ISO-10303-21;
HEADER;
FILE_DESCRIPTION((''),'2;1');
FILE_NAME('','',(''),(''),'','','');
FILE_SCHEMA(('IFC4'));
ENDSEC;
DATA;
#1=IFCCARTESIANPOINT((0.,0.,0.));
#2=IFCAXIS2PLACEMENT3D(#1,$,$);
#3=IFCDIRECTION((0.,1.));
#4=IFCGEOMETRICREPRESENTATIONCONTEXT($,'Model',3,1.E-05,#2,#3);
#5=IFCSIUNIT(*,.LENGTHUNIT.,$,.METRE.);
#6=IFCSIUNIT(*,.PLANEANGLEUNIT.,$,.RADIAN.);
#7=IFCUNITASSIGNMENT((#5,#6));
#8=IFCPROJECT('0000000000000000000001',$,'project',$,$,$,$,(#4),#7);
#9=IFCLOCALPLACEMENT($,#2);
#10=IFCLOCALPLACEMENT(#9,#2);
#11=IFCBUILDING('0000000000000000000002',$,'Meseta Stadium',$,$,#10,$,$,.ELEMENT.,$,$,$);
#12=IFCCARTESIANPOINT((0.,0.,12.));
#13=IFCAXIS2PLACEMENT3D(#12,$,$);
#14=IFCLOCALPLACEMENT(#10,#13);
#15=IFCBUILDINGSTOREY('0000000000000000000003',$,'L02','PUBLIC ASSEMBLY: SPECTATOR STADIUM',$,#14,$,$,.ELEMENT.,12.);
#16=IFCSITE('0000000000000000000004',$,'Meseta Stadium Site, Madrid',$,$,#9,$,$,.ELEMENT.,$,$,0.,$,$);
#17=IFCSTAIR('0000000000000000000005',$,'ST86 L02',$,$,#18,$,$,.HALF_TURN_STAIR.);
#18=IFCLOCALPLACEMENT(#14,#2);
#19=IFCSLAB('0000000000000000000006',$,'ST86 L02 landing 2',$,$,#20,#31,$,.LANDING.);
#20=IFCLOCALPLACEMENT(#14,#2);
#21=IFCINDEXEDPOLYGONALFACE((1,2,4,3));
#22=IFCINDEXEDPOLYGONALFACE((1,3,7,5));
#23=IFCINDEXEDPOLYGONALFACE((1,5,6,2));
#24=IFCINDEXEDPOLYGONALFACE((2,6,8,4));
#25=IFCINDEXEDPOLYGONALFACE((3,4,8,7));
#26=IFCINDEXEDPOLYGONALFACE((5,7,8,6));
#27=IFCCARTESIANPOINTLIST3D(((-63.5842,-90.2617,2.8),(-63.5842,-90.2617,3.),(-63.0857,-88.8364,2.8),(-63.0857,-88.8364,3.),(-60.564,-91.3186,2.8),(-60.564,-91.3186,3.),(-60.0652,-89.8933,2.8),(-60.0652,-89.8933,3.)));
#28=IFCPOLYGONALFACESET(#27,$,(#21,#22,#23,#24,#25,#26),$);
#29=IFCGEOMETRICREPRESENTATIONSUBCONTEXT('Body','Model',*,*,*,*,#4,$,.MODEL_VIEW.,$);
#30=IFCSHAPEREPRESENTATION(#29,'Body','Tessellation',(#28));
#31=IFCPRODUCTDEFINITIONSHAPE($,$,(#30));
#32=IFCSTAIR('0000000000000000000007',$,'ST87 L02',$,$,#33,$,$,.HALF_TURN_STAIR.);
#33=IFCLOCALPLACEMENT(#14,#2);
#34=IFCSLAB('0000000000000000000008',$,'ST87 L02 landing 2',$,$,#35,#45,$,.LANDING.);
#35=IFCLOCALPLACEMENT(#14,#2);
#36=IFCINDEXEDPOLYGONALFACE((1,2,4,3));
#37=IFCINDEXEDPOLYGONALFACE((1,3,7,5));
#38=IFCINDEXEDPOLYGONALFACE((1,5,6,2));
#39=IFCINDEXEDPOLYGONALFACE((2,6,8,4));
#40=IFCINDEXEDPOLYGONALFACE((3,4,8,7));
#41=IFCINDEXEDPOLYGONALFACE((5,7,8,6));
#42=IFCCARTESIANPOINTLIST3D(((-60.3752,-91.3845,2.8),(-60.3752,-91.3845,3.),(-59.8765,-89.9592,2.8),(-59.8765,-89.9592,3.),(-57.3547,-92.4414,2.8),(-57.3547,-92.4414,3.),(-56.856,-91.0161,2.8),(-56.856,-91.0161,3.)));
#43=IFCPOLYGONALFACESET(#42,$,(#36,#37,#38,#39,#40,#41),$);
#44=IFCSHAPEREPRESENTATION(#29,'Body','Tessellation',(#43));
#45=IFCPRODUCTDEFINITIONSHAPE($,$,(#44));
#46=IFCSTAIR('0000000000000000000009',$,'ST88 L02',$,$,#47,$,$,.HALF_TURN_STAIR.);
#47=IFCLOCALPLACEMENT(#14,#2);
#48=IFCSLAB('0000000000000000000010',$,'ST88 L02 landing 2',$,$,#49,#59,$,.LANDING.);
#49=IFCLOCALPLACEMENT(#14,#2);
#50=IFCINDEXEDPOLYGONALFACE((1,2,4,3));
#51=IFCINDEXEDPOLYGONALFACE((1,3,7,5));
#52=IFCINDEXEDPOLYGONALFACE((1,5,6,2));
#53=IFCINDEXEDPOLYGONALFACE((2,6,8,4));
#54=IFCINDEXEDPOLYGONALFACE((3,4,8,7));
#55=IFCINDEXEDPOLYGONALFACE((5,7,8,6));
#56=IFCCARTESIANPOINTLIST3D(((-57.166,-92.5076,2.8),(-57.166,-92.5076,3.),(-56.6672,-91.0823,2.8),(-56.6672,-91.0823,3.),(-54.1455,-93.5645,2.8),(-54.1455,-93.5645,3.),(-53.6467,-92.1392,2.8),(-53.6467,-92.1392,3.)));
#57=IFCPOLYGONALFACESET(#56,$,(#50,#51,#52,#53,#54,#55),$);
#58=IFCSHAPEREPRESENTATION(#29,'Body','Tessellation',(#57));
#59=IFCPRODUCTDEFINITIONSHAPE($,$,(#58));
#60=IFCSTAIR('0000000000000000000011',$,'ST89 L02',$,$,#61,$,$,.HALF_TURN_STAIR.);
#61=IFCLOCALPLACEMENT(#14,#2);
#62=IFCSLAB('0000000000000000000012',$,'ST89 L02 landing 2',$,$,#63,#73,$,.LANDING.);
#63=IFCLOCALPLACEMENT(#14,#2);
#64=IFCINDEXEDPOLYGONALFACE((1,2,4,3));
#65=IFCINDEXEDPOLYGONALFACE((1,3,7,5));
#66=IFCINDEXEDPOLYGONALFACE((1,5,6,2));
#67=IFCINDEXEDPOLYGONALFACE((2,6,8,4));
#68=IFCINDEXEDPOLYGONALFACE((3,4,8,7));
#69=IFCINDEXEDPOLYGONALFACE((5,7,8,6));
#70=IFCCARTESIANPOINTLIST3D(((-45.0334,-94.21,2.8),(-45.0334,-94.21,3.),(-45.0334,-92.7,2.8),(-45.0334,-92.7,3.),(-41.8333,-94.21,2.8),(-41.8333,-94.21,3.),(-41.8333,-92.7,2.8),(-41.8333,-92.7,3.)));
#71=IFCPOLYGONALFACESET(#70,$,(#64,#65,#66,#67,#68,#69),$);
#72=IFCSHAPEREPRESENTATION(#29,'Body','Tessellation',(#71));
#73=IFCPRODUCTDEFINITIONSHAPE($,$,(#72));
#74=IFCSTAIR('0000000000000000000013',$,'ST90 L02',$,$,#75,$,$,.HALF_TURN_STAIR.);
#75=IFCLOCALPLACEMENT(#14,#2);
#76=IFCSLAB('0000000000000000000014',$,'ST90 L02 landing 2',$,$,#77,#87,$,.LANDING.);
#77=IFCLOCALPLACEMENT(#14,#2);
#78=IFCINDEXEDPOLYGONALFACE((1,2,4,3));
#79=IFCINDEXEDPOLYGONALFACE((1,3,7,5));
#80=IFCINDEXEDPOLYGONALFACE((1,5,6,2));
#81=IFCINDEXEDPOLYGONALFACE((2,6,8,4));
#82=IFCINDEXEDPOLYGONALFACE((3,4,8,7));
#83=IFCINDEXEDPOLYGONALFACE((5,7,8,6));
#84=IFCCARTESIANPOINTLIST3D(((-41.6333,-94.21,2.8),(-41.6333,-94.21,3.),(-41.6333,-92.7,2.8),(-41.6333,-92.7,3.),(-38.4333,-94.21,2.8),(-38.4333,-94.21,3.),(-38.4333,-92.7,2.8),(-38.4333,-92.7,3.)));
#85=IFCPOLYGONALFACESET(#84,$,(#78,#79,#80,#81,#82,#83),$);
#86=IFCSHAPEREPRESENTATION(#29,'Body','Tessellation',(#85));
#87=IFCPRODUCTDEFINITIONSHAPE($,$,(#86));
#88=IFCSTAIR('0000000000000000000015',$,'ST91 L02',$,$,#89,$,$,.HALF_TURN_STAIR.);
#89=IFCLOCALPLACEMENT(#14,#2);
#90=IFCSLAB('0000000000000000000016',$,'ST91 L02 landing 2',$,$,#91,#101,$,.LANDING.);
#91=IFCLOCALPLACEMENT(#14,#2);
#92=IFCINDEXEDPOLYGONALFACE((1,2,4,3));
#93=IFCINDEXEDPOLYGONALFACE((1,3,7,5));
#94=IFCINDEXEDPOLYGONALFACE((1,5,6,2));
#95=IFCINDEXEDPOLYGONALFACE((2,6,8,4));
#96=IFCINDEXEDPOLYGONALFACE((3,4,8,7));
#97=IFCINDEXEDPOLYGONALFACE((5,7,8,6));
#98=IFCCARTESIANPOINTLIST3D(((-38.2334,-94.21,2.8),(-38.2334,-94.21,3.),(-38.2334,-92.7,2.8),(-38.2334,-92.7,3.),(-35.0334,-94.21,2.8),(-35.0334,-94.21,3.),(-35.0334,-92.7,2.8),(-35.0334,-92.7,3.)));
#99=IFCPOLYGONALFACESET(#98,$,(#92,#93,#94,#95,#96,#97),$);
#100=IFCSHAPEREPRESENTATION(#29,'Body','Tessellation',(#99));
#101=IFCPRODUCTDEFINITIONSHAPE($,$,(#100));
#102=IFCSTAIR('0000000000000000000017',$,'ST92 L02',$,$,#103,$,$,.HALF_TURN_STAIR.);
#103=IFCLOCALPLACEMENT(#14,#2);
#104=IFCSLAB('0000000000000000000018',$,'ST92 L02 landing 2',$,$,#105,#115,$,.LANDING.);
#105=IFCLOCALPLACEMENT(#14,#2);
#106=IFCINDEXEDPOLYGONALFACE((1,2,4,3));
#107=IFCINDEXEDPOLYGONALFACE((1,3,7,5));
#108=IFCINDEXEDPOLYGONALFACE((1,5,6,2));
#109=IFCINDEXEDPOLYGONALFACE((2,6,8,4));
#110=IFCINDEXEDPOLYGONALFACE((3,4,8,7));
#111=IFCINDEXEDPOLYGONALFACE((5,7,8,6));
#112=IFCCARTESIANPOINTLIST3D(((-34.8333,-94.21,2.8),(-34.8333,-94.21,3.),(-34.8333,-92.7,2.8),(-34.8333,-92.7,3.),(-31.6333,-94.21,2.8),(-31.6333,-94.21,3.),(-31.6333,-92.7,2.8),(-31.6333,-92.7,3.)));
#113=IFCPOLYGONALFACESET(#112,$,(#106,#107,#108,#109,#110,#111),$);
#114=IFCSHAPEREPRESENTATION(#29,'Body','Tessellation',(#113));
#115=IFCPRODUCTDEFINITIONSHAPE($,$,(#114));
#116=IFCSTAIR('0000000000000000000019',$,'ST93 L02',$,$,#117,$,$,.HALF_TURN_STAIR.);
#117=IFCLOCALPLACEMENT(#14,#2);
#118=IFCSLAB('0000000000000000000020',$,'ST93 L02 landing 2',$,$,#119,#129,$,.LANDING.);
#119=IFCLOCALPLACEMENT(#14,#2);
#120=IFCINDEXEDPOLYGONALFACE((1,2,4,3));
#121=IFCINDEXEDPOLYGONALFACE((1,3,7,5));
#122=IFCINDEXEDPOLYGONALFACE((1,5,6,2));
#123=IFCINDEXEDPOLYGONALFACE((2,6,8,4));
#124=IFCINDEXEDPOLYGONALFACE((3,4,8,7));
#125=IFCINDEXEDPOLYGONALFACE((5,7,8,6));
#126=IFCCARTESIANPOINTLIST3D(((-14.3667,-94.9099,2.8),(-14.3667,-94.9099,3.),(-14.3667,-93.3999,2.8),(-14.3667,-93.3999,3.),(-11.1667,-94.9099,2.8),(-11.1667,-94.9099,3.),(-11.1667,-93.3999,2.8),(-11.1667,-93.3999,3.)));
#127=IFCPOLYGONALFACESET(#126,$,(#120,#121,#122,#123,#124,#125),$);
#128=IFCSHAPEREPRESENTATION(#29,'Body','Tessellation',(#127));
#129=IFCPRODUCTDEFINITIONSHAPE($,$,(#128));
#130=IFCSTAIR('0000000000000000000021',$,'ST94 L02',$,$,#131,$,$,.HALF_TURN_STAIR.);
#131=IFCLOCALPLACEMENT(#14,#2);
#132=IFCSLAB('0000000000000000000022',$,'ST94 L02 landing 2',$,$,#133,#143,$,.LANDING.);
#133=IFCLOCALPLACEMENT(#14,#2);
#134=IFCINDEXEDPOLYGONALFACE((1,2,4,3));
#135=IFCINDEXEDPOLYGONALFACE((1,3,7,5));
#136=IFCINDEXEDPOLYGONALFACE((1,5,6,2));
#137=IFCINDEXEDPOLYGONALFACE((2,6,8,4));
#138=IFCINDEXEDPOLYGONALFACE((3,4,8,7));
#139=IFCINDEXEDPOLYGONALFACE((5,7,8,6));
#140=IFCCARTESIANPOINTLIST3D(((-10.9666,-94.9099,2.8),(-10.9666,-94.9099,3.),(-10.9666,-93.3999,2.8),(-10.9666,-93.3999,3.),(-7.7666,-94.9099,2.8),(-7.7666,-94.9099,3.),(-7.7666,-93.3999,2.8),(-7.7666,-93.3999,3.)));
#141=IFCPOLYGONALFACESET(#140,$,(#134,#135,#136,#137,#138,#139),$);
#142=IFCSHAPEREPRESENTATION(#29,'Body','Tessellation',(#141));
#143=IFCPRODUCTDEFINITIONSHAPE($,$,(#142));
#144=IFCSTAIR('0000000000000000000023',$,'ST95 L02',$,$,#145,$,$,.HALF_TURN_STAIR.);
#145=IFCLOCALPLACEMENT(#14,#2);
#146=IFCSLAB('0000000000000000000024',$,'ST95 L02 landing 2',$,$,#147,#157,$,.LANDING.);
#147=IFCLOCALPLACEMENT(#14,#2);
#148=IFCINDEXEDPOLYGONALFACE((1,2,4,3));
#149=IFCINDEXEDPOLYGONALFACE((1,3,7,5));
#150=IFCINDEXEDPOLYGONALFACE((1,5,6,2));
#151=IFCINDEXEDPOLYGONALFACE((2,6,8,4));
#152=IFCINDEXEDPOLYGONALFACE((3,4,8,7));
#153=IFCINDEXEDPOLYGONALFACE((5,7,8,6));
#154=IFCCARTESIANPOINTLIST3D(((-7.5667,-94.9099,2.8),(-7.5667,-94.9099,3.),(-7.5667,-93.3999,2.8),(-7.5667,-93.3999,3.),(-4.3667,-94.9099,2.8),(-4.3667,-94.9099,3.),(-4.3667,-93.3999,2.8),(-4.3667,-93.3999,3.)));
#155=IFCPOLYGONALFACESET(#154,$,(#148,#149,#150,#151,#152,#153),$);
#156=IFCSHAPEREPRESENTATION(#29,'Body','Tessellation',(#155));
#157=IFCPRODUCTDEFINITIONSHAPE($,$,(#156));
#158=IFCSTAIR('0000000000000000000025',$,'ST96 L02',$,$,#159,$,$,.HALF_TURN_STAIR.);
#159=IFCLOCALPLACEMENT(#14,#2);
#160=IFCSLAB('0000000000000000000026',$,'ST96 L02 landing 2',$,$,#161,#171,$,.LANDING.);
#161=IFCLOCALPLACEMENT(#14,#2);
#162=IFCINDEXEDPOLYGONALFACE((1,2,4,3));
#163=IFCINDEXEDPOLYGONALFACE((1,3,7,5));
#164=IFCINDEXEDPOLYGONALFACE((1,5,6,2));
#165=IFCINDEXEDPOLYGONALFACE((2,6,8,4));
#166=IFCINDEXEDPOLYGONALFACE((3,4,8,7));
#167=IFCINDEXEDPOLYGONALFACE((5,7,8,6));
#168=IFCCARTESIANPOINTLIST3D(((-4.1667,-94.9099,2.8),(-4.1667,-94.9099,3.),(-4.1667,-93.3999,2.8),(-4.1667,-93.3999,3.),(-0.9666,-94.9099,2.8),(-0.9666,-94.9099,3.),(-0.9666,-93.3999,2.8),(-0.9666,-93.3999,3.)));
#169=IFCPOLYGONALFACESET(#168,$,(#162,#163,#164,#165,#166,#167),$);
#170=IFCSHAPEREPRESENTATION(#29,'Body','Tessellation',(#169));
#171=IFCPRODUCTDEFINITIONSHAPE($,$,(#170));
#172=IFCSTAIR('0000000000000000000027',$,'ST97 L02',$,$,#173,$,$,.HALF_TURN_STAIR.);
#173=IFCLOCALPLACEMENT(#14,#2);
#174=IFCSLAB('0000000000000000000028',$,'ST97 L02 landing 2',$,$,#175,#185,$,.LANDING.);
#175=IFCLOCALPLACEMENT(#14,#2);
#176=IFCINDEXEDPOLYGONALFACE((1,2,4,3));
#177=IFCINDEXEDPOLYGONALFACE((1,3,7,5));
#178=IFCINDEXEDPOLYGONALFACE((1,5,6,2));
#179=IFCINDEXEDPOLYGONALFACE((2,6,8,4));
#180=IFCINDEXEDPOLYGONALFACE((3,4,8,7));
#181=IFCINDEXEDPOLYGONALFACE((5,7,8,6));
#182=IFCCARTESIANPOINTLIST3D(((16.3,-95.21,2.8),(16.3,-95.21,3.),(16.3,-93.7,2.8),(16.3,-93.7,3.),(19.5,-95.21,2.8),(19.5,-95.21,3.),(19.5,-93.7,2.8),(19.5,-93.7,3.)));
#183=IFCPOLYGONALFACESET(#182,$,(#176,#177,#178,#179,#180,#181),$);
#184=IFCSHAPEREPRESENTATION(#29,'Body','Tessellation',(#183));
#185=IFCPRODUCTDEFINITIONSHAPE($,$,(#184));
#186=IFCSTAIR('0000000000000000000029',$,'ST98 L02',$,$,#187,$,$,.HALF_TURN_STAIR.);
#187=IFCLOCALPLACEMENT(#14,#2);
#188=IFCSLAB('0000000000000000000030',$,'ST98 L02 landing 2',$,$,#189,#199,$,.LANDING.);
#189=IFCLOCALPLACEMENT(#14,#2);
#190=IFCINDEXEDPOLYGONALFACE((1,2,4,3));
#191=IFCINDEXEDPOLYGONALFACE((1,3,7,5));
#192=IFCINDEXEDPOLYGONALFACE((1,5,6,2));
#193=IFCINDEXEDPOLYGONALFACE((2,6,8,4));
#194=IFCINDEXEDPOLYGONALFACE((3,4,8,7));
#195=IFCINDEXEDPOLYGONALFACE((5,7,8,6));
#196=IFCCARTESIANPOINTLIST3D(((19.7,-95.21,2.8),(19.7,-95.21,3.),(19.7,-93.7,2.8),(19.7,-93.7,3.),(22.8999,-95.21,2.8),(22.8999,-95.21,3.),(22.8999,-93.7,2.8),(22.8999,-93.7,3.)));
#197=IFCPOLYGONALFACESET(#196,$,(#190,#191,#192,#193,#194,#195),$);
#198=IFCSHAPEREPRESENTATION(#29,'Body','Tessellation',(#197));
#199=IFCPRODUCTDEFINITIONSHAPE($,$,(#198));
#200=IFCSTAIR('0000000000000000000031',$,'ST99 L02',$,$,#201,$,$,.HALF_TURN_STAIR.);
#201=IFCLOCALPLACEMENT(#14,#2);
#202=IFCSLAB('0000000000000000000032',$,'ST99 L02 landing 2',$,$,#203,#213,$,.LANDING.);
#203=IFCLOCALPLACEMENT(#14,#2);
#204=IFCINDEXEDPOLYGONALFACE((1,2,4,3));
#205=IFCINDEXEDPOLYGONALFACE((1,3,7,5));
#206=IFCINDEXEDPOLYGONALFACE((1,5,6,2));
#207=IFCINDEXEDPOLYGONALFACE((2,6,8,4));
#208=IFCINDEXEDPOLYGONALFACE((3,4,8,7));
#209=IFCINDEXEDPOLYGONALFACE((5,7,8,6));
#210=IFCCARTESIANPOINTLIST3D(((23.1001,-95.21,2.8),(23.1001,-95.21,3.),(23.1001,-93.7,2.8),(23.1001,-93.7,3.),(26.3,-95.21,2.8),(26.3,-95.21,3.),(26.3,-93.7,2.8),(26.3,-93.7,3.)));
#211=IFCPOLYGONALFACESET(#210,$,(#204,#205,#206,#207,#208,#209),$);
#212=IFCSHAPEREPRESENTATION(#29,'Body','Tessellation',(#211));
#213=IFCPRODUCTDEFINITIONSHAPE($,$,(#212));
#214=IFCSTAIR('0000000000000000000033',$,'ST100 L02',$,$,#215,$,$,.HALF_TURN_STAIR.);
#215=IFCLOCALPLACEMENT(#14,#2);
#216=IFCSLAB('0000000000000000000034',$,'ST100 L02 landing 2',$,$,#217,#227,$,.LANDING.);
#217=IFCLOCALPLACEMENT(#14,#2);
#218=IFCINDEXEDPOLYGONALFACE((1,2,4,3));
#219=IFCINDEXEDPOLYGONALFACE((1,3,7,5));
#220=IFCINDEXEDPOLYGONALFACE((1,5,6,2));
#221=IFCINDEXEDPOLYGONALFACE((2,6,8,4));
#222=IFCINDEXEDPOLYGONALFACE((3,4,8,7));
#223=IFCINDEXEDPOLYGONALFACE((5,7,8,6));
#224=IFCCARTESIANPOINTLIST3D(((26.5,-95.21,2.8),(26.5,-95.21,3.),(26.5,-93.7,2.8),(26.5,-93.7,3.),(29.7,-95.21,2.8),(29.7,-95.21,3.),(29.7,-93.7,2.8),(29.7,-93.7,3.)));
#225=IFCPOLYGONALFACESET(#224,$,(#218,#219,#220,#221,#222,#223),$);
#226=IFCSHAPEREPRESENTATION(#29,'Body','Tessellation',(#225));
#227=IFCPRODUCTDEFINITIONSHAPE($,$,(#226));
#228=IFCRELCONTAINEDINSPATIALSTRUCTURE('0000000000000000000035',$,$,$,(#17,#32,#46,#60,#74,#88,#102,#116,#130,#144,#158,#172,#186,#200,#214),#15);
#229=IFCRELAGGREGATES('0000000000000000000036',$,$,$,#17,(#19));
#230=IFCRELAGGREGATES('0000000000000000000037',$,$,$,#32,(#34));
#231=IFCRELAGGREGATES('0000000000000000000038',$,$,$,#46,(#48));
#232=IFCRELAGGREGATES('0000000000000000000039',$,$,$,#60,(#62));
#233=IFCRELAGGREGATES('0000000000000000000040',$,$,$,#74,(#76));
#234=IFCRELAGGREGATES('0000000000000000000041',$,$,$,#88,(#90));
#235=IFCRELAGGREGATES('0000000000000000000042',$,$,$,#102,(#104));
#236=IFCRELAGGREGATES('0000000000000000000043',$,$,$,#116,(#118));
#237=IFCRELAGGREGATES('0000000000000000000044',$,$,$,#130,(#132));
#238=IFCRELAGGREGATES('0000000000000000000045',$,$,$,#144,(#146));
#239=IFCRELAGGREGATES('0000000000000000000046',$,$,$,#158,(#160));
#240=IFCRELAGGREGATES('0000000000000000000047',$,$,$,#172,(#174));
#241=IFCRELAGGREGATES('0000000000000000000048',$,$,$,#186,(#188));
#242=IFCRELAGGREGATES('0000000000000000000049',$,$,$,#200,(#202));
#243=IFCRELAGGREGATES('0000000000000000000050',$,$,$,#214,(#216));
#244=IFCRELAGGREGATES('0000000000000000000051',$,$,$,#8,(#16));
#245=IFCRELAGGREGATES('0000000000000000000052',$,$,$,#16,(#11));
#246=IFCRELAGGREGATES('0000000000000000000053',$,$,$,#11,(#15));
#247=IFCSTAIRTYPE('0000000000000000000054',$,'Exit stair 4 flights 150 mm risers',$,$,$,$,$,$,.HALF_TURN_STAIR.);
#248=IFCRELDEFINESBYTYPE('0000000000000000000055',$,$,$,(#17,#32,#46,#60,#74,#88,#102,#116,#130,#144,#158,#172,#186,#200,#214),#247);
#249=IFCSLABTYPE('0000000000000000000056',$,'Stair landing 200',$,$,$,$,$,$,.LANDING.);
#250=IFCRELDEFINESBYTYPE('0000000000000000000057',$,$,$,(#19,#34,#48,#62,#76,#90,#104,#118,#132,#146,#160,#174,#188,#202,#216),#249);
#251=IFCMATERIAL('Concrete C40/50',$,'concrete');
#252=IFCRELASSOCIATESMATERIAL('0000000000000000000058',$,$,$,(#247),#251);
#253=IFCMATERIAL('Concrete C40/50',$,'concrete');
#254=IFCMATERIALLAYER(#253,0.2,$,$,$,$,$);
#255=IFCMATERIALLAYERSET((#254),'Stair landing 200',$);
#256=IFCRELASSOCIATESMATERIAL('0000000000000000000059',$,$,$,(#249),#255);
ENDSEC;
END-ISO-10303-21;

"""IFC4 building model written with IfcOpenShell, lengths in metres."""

from ifc_helpers import new_model, si_unit, direction, frame, origin, place, context, subcontext, project, spatial, polyline, outline, extrude, material, layer, layer_set, type_object, element, aggregate, save


model = new_model("IFC4")

# Units and contexts
model_context = context("Model", 3, precision=1e-05, world=origin(), true_north=direction((0.0, 1.0)))
body_context = subcontext(model_context, "Body", "Model", "MODEL_VIEW")
ifc_project = project(units=[si_unit("LENGTHUNIT", "METRE"), si_unit("PLANEANGLEUNIT", "RADIAN")], contexts=[model_context])

# Site, building, storey
site_placement = place(None, origin())
site = spatial("IfcSite", under=ifc_project, at=site_placement, Name="Meseta Stadium Site, Madrid", CompositionType="ELEMENT", RefElevation=0.0)
building_placement = place(site_placement, origin())
building = spatial("IfcBuilding", under=site, at=building_placement, Name="Meseta Stadium", CompositionType="ELEMENT")
storey_placement = place(building_placement, frame((0.0, 0.0, 12.0)))
storey = spatial("IfcBuildingStorey", under=building, at=storey_placement, Name="L02", Description="PUBLIC ASSEMBLY: SPECTATOR STADIUM", CompositionType="ELEMENT", Elevation=12.0)

# Stairs, slabs
ifc_material_1 = material(Name="Concrete C40/50", Category="concrete")
stair_type = type_object("IfcStairType", Name="Exit stair 4 flights 150 mm risers", PredefinedType="HALF_TURN_STAIR", material=ifc_material_1)
stair_1_placement = place(storey_placement, origin())
stair_1 = element("IfcStair", 1, at=stair_1_placement, inside=storey, type_object=stair_type, Name="ST86 L02", PredefinedType="HALF_TURN_STAIR")
ifc_material_2 = material(Name="Concrete C40/50", Category="concrete")
ifc_layer = layer(ifc_material_2, 0.2)
ifc_layer_set = layer_set([ifc_layer], Name="Stair landing 200")
slab_type = type_object("IfcSlabType", Name="Stair landing 200", PredefinedType="LANDING", material=ifc_layer_set)
slab_1_placement = place(storey_placement, frame((0.0, 0.0, 2.8)))
slab_1 = element("IfcSlab", 2, at=slab_1_placement, type_object=slab_type, Name="ST86 L02 landing 2", PredefinedType="LANDING", context=body_context, shape_type="SweptSolid", body=[
    extrude(outline(polyline([(-63.0857, -88.8364), (-63.5842, -90.2617), (-60.564, -91.3186), (-60.0652, -89.8933), (-63.0857, -88.8364)])), origin(), (0.0, 0.0, 1.0), 0.2),
])
aggregate(stair_1, [slab_1])
stair_2_placement = place(storey_placement, origin())
stair_2 = element("IfcStair", 3, at=stair_2_placement, inside=storey, type_object=stair_type, Name="ST87 L02", PredefinedType="HALF_TURN_STAIR")
slab_2_placement = place(storey_placement, frame((0.0, 0.0, 2.8)))
slab_2 = element("IfcSlab", 4, at=slab_2_placement, type_object=slab_type, Name="ST87 L02 landing 2", PredefinedType="LANDING", context=body_context, shape_type="SweptSolid", body=[
    extrude(outline(polyline([(-59.8765, -89.9592), (-60.3752, -91.3845), (-57.3547, -92.4414), (-56.856, -91.0161), (-59.8765, -89.9592)])), origin(), (0.0, 0.0, 1.0), 0.2),
])
aggregate(stair_2, [slab_2])
stair_3_placement = place(storey_placement, origin())
stair_3 = element("IfcStair", 5, at=stair_3_placement, inside=storey, type_object=stair_type, Name="ST88 L02", PredefinedType="HALF_TURN_STAIR")
slab_3_placement = place(storey_placement, frame((0.0, 0.0, 2.8)))
slab_3 = element("IfcSlab", 6, at=slab_3_placement, type_object=slab_type, Name="ST88 L02 landing 2", PredefinedType="LANDING", context=body_context, shape_type="SweptSolid", body=[
    extrude(outline(polyline([(-56.6672, -91.0823), (-57.166, -92.5076), (-54.1455, -93.5645), (-53.6467, -92.1392), (-56.6672, -91.0823)])), origin(), (0.0, 0.0, 1.0), 0.2),
])
aggregate(stair_3, [slab_3])
stair_4_placement = place(storey_placement, origin())
stair_4 = element("IfcStair", 7, at=stair_4_placement, inside=storey, type_object=stair_type, Name="ST89 L02", PredefinedType="HALF_TURN_STAIR")
slab_4_placement = place(storey_placement, frame((0.0, 0.0, 2.8)))
slab_4 = element("IfcSlab", 8, at=slab_4_placement, type_object=slab_type, Name="ST89 L02 landing 2", PredefinedType="LANDING", context=body_context, shape_type="SweptSolid", body=[
    extrude(outline(polyline([(-45.0334, -92.7), (-45.0334, -94.21), (-41.8333, -94.21), (-41.8333, -92.7), (-45.0334, -92.7)])), origin(), (0.0, 0.0, 1.0), 0.2),
])
aggregate(stair_4, [slab_4])
stair_5_placement = place(storey_placement, origin())
stair_5 = element("IfcStair", 9, at=stair_5_placement, inside=storey, type_object=stair_type, Name="ST90 L02", PredefinedType="HALF_TURN_STAIR")
slab_5_placement = place(storey_placement, frame((0.0, 0.0, 2.8)))
slab_5 = element("IfcSlab", 10, at=slab_5_placement, type_object=slab_type, Name="ST90 L02 landing 2", PredefinedType="LANDING", context=body_context, shape_type="SweptSolid", body=[
    extrude(outline(polyline([(-41.6333, -92.7), (-41.6333, -94.21), (-38.4333, -94.21), (-38.4333, -92.7), (-41.6333, -92.7)])), origin(), (0.0, 0.0, 1.0), 0.2),
])
aggregate(stair_5, [slab_5])
stair_6_placement = place(storey_placement, origin())
stair_6 = element("IfcStair", 11, at=stair_6_placement, inside=storey, type_object=stair_type, Name="ST91 L02", PredefinedType="HALF_TURN_STAIR")
slab_6_placement = place(storey_placement, frame((0.0, 0.0, 2.8)))
slab_6 = element("IfcSlab", 12, at=slab_6_placement, type_object=slab_type, Name="ST91 L02 landing 2", PredefinedType="LANDING", context=body_context, shape_type="SweptSolid", body=[
    extrude(outline(polyline([(-38.2334, -92.7), (-38.2334, -94.21), (-35.0334, -94.21), (-35.0334, -92.7), (-38.2334, -92.7)])), origin(), (0.0, 0.0, 1.0), 0.2),
])
aggregate(stair_6, [slab_6])
stair_7_placement = place(storey_placement, origin())
stair_7 = element("IfcStair", 13, at=stair_7_placement, inside=storey, type_object=stair_type, Name="ST92 L02", PredefinedType="HALF_TURN_STAIR")
slab_7_placement = place(storey_placement, frame((0.0, 0.0, 2.8)))
slab_7 = element("IfcSlab", 14, at=slab_7_placement, type_object=slab_type, Name="ST92 L02 landing 2", PredefinedType="LANDING", context=body_context, shape_type="SweptSolid", body=[
    extrude(outline(polyline([(-34.8333, -92.7), (-34.8333, -94.21), (-31.6333, -94.21), (-31.6333, -92.7), (-34.8333, -92.7)])), origin(), (0.0, 0.0, 1.0), 0.2),
])
aggregate(stair_7, [slab_7])
stair_8_placement = place(storey_placement, origin())
stair_8 = element("IfcStair", 15, at=stair_8_placement, inside=storey, type_object=stair_type, Name="ST93 L02", PredefinedType="HALF_TURN_STAIR")
slab_8_placement = place(storey_placement, frame((0.0, 0.0, 2.8)))
slab_8 = element("IfcSlab", 16, at=slab_8_placement, type_object=slab_type, Name="ST93 L02 landing 2", PredefinedType="LANDING", context=body_context, shape_type="SweptSolid", body=[
    extrude(outline(polyline([(-14.3667, -93.3999), (-14.3667, -94.9099), (-11.1667, -94.9099), (-11.1667, -93.3999), (-14.3667, -93.3999)])), origin(), (0.0, 0.0, 1.0), 0.2),
])
aggregate(stair_8, [slab_8])
stair_9_placement = place(storey_placement, origin())
stair_9 = element("IfcStair", 17, at=stair_9_placement, inside=storey, type_object=stair_type, Name="ST94 L02", PredefinedType="HALF_TURN_STAIR")
slab_9_placement = place(storey_placement, frame((0.0, 0.0, 2.8)))
slab_9 = element("IfcSlab", 18, at=slab_9_placement, type_object=slab_type, Name="ST94 L02 landing 2", PredefinedType="LANDING", context=body_context, shape_type="SweptSolid", body=[
    extrude(outline(polyline([(-10.9666, -93.3999), (-10.9666, -94.9099), (-7.7666, -94.9099), (-7.7666, -93.3999), (-10.9666, -93.3999)])), origin(), (0.0, 0.0, 1.0), 0.2),
])
aggregate(stair_9, [slab_9])
stair_10_placement = place(storey_placement, origin())
stair_10 = element("IfcStair", 19, at=stair_10_placement, inside=storey, type_object=stair_type, Name="ST95 L02", PredefinedType="HALF_TURN_STAIR")
slab_10_placement = place(storey_placement, frame((0.0, 0.0, 2.8)))
slab_10 = element("IfcSlab", 20, at=slab_10_placement, type_object=slab_type, Name="ST95 L02 landing 2", PredefinedType="LANDING", context=body_context, shape_type="SweptSolid", body=[
    extrude(outline(polyline([(-7.5667, -93.3999), (-7.5667, -94.9099), (-4.3667, -94.9099), (-4.3667, -93.3999), (-7.5667, -93.3999)])), origin(), (0.0, 0.0, 1.0), 0.2),
])
aggregate(stair_10, [slab_10])
stair_11_placement = place(storey_placement, origin())
stair_11 = element("IfcStair", 21, at=stair_11_placement, inside=storey, type_object=stair_type, Name="ST96 L02", PredefinedType="HALF_TURN_STAIR")
slab_11_placement = place(storey_placement, frame((0.0, 0.0, 2.8)))
slab_11 = element("IfcSlab", 22, at=slab_11_placement, type_object=slab_type, Name="ST96 L02 landing 2", PredefinedType="LANDING", context=body_context, shape_type="SweptSolid", body=[
    extrude(outline(polyline([(-4.1667, -93.3999), (-4.1667, -94.9099), (-0.9666, -94.9099), (-0.9666, -93.3999), (-4.1667, -93.3999)])), origin(), (0.0, 0.0, 1.0), 0.2),
])
aggregate(stair_11, [slab_11])
stair_12_placement = place(storey_placement, origin())
stair_12 = element("IfcStair", 23, at=stair_12_placement, inside=storey, type_object=stair_type, Name="ST97 L02", PredefinedType="HALF_TURN_STAIR")
slab_12_placement = place(storey_placement, frame((0.0, 0.0, 2.8)))
slab_12 = element("IfcSlab", 24, at=slab_12_placement, type_object=slab_type, Name="ST97 L02 landing 2", PredefinedType="LANDING", context=body_context, shape_type="SweptSolid", body=[
    extrude(outline(polyline([(16.3, -93.7), (16.3, -95.21), (19.5, -95.21), (19.5, -93.7), (16.3, -93.7)])), origin(), (0.0, 0.0, 1.0), 0.2),
])
aggregate(stair_12, [slab_12])
stair_13_placement = place(storey_placement, origin())
stair_13 = element("IfcStair", 25, at=stair_13_placement, inside=storey, type_object=stair_type, Name="ST98 L02", PredefinedType="HALF_TURN_STAIR")
slab_13_placement = place(storey_placement, frame((0.0, 0.0, 2.8)))
slab_13 = element("IfcSlab", 26, at=slab_13_placement, type_object=slab_type, Name="ST98 L02 landing 2", PredefinedType="LANDING", context=body_context, shape_type="SweptSolid", body=[
    extrude(outline(polyline([(19.7, -93.7), (19.7, -95.21), (22.8999, -95.21), (22.8999, -93.7), (19.7, -93.7)])), origin(), (0.0, 0.0, 1.0), 0.2),
])
aggregate(stair_13, [slab_13])
stair_14_placement = place(storey_placement, origin())
stair_14 = element("IfcStair", 27, at=stair_14_placement, inside=storey, type_object=stair_type, Name="ST99 L02", PredefinedType="HALF_TURN_STAIR")
slab_14_placement = place(storey_placement, frame((0.0, 0.0, 2.8)))
slab_14 = element("IfcSlab", 28, at=slab_14_placement, type_object=slab_type, Name="ST99 L02 landing 2", PredefinedType="LANDING", context=body_context, shape_type="SweptSolid", body=[
    extrude(outline(polyline([(23.1001, -93.7), (23.1001, -95.21), (26.3, -95.21), (26.3, -93.7), (23.1001, -93.7)])), origin(), (0.0, 0.0, 1.0), 0.2),
])
aggregate(stair_14, [slab_14])
stair_15_placement = place(storey_placement, origin())
stair_15 = element("IfcStair", 29, at=stair_15_placement, inside=storey, type_object=stair_type, Name="ST100 L02", PredefinedType="HALF_TURN_STAIR")
slab_15_placement = place(storey_placement, frame((0.0, 0.0, 2.8)))
slab_15 = element("IfcSlab", 30, at=slab_15_placement, type_object=slab_type, Name="ST100 L02 landing 2", PredefinedType="LANDING", context=body_context, shape_type="SweptSolid", body=[
    extrude(outline(polyline([(26.5, -93.7), (26.5, -95.21), (29.7, -95.21), (29.7, -93.7), (26.5, -93.7)])), origin(), (0.0, 0.0, 1.0), 0.2),
])
aggregate(stair_15, [slab_15])

save(model, "model.ifc")
